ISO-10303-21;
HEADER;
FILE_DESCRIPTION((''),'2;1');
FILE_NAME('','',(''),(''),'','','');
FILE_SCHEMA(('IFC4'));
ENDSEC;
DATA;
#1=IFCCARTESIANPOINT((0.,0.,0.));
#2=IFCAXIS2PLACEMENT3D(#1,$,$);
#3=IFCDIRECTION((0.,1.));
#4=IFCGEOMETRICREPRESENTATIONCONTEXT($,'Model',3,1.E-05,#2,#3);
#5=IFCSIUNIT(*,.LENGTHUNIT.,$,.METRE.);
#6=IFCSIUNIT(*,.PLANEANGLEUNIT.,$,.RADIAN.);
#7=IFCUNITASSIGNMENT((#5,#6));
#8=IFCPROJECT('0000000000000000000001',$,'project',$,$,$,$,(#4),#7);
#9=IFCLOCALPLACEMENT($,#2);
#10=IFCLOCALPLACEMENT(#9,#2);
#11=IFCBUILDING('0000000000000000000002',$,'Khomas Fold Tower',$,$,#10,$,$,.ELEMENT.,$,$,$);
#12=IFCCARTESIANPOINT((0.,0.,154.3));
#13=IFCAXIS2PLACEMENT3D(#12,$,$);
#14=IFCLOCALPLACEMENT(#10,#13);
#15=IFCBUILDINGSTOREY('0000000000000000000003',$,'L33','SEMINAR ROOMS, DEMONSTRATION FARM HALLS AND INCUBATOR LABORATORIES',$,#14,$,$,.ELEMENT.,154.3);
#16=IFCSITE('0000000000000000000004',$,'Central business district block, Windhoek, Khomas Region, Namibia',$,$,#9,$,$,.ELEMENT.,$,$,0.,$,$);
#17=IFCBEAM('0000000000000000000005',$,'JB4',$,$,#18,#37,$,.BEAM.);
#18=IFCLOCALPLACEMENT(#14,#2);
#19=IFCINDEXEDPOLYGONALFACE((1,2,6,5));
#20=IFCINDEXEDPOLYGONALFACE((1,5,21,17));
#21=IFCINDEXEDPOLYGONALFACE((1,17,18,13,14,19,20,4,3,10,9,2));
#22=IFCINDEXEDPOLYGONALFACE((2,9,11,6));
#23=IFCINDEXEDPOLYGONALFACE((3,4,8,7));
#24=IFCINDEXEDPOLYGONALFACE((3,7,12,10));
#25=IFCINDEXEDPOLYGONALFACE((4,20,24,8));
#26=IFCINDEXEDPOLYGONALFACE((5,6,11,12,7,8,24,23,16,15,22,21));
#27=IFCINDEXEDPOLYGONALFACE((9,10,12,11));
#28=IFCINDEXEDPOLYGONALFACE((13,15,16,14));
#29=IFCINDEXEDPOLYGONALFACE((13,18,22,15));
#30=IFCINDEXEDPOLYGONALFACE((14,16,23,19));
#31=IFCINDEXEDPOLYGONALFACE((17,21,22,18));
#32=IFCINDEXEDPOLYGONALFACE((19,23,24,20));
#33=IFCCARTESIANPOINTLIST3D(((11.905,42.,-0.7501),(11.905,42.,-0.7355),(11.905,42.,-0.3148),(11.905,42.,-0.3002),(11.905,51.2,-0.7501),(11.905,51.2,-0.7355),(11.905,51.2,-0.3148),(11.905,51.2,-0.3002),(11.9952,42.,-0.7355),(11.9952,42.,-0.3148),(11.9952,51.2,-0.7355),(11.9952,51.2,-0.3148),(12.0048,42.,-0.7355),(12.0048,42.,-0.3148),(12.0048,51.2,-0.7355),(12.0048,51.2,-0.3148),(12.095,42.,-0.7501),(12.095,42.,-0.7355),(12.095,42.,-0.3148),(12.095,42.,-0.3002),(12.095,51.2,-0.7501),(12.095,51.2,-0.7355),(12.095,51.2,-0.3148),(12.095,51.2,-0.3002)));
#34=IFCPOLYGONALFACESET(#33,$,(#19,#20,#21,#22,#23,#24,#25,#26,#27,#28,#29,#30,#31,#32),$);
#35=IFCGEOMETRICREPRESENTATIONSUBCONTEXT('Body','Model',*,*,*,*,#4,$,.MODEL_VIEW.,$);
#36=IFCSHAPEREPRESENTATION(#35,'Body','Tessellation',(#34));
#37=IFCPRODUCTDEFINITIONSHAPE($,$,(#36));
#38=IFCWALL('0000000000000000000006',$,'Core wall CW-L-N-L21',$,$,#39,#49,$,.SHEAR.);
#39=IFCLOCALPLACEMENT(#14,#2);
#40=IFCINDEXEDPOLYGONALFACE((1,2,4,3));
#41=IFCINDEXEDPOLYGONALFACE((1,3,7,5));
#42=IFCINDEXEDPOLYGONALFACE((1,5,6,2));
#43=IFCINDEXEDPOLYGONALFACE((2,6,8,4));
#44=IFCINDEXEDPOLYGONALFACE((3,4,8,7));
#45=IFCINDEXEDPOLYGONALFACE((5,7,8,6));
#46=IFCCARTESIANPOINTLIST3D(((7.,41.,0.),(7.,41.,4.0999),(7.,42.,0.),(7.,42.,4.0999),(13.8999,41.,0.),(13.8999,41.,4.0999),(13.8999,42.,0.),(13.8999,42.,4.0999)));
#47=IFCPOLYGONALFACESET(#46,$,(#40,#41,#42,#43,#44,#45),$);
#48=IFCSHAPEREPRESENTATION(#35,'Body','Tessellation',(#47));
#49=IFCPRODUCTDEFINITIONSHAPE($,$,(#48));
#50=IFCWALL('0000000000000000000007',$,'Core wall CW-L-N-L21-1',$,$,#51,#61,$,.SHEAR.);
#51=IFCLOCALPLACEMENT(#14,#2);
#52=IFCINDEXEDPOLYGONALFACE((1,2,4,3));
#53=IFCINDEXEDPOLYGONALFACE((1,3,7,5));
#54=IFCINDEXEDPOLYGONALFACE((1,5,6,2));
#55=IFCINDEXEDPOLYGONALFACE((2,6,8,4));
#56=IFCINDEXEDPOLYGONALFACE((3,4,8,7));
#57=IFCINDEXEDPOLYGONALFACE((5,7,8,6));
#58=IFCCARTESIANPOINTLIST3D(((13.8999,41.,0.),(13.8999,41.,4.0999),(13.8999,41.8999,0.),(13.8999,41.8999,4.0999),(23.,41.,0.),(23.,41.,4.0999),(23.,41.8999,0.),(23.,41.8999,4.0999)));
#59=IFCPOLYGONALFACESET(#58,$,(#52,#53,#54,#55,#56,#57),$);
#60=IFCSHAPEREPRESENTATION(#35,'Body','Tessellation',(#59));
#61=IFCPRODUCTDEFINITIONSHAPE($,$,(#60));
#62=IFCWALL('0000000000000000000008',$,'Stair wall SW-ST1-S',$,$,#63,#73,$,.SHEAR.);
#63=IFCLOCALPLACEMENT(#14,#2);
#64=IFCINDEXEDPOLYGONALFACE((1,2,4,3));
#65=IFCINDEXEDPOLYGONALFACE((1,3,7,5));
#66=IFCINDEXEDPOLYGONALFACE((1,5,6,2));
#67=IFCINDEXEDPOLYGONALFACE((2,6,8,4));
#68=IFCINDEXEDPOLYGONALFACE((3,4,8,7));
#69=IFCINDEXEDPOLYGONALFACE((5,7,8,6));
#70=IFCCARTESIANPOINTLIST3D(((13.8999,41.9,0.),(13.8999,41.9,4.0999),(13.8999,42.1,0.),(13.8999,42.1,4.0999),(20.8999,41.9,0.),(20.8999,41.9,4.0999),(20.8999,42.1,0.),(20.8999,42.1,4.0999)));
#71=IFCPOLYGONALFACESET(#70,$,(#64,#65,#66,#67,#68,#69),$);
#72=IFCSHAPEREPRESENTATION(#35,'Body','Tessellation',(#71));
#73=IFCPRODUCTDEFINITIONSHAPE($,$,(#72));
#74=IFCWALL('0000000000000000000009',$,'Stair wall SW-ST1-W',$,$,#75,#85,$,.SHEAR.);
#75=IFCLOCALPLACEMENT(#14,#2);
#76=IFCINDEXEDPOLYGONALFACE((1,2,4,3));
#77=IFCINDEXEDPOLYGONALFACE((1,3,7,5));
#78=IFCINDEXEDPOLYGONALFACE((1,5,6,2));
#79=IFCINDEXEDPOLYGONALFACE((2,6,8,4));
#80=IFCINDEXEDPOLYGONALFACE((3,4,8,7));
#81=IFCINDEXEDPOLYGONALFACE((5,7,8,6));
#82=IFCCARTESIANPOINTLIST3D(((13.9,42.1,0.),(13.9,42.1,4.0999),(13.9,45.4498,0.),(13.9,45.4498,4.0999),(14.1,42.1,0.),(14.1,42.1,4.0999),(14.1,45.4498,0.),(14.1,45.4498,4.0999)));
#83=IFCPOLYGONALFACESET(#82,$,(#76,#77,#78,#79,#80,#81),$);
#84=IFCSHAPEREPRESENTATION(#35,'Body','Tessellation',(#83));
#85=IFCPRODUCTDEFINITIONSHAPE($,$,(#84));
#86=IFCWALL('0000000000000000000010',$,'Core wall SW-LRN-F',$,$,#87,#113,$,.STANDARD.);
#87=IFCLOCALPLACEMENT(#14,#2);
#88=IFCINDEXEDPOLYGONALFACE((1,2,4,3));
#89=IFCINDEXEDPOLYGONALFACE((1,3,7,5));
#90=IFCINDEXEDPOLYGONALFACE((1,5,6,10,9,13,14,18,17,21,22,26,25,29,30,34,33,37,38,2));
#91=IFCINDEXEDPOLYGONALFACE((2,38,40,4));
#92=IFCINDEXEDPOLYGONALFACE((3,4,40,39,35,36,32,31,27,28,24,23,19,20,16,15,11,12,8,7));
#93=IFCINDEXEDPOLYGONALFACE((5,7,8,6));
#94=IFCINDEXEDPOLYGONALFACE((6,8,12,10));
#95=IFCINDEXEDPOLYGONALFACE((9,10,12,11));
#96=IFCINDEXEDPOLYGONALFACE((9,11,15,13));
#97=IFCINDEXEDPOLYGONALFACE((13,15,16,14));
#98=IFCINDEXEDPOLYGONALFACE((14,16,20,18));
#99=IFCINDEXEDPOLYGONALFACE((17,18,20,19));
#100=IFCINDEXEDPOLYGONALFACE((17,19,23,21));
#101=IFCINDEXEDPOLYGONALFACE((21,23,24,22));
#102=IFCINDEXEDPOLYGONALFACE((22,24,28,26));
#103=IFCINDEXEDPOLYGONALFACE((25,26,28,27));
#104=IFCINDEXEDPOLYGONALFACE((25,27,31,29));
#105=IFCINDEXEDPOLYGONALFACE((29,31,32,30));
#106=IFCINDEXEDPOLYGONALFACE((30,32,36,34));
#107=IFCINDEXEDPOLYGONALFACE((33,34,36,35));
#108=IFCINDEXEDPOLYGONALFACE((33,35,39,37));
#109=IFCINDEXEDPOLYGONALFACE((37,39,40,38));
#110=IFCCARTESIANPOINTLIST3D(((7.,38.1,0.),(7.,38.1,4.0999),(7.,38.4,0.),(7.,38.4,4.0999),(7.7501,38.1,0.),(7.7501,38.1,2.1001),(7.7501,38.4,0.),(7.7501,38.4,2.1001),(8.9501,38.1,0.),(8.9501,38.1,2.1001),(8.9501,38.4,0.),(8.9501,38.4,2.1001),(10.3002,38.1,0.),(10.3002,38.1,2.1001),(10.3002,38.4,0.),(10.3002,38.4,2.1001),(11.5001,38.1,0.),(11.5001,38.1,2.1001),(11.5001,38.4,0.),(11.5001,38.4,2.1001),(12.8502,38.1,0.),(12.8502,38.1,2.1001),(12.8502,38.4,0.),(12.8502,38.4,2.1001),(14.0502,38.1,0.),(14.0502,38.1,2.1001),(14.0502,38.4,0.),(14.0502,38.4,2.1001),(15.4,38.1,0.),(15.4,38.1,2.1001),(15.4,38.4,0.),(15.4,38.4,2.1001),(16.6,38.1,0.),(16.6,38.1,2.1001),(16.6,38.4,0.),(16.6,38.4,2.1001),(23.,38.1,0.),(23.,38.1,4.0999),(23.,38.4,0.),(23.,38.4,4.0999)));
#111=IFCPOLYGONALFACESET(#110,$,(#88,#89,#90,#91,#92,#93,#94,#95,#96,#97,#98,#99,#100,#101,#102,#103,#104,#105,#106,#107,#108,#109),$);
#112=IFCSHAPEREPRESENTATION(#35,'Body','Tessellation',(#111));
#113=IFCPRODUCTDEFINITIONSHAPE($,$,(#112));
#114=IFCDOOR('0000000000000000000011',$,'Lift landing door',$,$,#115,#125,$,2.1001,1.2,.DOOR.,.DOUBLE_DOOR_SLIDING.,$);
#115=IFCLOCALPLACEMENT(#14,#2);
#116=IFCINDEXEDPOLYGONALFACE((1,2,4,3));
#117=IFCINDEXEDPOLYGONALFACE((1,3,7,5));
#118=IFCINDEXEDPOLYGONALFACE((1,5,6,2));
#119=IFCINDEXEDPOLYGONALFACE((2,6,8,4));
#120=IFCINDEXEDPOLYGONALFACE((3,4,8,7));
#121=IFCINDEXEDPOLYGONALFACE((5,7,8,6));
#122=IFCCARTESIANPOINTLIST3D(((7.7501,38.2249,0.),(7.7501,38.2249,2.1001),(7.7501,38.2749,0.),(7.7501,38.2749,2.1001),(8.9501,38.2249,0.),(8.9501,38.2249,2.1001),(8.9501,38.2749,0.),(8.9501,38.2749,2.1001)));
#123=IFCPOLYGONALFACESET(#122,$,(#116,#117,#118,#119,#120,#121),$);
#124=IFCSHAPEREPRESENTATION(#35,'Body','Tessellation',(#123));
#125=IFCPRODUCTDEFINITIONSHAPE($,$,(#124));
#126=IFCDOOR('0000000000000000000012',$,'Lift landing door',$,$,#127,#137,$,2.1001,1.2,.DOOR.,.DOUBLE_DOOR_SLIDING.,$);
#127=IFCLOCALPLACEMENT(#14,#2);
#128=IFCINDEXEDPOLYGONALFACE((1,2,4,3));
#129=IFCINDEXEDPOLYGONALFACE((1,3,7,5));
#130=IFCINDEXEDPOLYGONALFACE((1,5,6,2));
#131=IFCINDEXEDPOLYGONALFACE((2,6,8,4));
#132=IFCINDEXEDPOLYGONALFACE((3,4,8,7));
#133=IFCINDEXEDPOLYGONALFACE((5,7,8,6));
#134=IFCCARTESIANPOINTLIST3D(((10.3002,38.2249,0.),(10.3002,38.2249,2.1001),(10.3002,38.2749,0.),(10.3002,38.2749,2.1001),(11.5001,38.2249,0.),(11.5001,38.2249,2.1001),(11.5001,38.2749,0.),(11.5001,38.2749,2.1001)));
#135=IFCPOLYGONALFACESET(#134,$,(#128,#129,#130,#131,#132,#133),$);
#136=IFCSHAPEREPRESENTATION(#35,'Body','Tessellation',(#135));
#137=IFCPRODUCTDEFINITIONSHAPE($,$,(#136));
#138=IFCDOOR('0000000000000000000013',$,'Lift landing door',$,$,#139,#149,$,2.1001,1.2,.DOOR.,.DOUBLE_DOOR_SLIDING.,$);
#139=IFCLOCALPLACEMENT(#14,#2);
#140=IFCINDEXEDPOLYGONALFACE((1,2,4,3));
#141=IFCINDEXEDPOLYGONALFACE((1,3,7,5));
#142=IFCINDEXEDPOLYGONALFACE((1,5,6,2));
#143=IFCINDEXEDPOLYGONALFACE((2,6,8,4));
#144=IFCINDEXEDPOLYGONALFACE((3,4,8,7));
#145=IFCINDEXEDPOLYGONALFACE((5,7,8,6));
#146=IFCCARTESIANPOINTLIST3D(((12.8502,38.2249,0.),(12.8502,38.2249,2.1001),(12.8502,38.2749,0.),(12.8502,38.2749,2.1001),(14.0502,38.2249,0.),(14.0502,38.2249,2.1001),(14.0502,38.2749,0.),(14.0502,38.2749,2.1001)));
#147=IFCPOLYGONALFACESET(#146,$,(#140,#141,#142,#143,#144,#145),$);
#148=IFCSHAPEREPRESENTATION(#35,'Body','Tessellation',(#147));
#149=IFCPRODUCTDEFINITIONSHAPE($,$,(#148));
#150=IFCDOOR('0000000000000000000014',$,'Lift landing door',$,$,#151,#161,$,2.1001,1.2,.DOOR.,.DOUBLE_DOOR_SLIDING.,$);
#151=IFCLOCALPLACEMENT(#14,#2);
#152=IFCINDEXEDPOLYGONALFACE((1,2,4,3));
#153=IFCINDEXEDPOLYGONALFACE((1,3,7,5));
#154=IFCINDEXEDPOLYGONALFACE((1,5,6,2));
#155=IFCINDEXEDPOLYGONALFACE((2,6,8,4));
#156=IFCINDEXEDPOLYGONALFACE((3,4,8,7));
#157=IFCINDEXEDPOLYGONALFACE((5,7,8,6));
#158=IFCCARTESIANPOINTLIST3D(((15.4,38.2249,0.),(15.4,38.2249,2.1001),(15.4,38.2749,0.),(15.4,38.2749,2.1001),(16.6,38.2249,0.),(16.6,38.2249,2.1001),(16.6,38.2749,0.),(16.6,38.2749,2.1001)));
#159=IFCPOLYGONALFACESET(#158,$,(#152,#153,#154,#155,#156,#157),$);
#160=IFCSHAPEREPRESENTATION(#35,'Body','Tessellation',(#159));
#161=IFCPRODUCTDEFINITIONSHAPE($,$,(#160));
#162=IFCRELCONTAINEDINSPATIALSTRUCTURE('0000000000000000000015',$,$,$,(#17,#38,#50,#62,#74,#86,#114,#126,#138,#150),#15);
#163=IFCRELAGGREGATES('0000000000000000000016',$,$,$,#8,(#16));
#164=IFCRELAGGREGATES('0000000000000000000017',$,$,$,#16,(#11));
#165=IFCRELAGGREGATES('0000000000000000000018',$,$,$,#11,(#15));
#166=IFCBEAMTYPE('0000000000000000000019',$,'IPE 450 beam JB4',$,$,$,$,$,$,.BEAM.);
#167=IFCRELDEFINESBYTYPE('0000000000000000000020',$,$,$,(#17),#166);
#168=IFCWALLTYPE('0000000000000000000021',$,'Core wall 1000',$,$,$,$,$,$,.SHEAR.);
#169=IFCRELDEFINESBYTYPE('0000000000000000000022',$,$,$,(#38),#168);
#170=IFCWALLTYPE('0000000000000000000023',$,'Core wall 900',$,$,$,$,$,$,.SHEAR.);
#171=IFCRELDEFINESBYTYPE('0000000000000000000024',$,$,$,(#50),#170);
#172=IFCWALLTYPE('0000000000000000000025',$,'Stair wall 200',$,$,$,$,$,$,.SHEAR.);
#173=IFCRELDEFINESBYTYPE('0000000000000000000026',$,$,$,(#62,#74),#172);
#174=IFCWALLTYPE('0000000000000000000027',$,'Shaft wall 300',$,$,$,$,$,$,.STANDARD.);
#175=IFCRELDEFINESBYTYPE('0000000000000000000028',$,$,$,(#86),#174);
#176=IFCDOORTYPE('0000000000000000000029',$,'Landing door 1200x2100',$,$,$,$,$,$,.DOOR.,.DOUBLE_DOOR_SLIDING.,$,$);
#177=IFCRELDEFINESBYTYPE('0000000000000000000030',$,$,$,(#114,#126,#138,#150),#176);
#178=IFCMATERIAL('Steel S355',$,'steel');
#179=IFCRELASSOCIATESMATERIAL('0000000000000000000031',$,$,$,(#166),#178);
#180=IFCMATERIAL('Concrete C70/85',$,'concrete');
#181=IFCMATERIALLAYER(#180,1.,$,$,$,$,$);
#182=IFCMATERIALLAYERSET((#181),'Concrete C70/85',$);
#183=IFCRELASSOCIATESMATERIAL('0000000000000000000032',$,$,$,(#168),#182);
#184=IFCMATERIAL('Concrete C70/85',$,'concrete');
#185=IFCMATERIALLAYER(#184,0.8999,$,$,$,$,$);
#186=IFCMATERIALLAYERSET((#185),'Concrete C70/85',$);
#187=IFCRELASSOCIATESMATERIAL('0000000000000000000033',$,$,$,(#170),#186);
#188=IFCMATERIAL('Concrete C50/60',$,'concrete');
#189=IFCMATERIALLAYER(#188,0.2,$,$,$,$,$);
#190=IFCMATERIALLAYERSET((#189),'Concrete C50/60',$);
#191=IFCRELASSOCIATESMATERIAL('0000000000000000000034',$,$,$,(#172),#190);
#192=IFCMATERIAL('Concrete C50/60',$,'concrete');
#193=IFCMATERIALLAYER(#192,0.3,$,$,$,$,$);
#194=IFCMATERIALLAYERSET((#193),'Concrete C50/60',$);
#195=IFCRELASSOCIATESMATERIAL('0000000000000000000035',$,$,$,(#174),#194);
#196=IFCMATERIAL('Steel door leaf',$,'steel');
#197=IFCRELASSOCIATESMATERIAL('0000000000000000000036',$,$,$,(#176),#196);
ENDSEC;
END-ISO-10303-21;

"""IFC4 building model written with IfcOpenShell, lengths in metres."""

from ifc_helpers import new_model, si_unit, direction, frame, frame_2d, origin, origin_2d, place, context, subcontext, project, spatial, rectangle, i_section, extrude, source, transform, mapped, material, layer, layer_set, material_profile, profile_set, type_object, element, fill, save


model = new_model("IFC4")

# Units and contexts
model_context = context("Model", 3, precision=1e-05, world=origin(), true_north=direction((0.0, 1.0)))
body_context = subcontext(model_context, "Body", "Model", "MODEL_VIEW")
ifc_project = project(units=[si_unit("LENGTHUNIT", "METRE"), si_unit("PLANEANGLEUNIT", "RADIAN")], contexts=[model_context])

# Site, building, storey
site_placement = place(None, origin())
site = spatial("IfcSite", under=ifc_project, at=site_placement, Name="Central business district block, Windhoek, Khomas Region, Namibia", CompositionType="ELEMENT", RefElevation=0.0)
building_placement = place(site_placement, origin())
building = spatial("IfcBuilding", under=site, at=building_placement, Name="Khomas Fold Tower", CompositionType="ELEMENT")
storey_placement = place(building_placement, frame((0.0, 0.0, 154.3)))
storey = spatial("IfcBuildingStorey", under=building, at=storey_placement, Name="L33", Description="SEMINAR ROOMS, DEMONSTRATION FARM HALLS AND INCUBATOR LABORATORIES", CompositionType="ELEMENT", Elevation=154.3)

# Beam
ifc_material_1 = material(Name="Steel S355", Category="steel")
ifc_material_profile = material_profile(ifc_material_1, i_section(OverallWidth=0.1899, OverallDepth=0.45, WebThickness=0.0095, FlangeThickness=0.0146, at=origin_2d()), Name="IPE 450")
ifc_profile_set = profile_set([ifc_material_profile], Name="Steel S355")
beam_type = type_object("IfcBeamType", Name="IPE 450 beam JB4", PredefinedType="BEAM", material=ifc_profile_set)
shared_shape_1 = source(origin(), body_context, "Body", "SweptSolid", [
    extrude(i_section(OverallWidth=0.1899, OverallDepth=0.45, WebThickness=0.0095, FlangeThickness=0.0146, at=origin_2d()), origin(), (0.0, 0.0, 1.0), 9.2),
])
beam_placement = place(storey_placement, frame((12.0, 42.0, -0.5251), z_axis=(0.0, 1.0, 0.0), x_axis=(-1.0, 0.0, 0.0)))
element("IfcBeam", 1, at=beam_placement, inside=storey, type_object=beam_type, Name="JB4", PredefinedType="BEAM", context=body_context, shape_type="MappedRepresentation", body=[
    mapped(shared_shape_1, transform((0.0, 0.0, 0.0))),
])

# Walls
ifc_material_2 = material(Name="Concrete C70/85", Category="concrete")
ifc_layer_1 = layer(ifc_material_2, 1.0)
ifc_layer_set_1 = layer_set([ifc_layer_1], Name="Concrete C70/85")
wall_type_1 = type_object("IfcWallType", Name="Core wall 1000", PredefinedType="SHEAR", material=ifc_layer_set_1)
shared_shape_2 = source(origin(), body_context, "Body", "SweptSolid", [
    extrude(rectangle(XDim=6.8999, YDim=1.0, at=frame_2d((3.45, 0.0))), origin(), (0.0, 0.0, 1.0), 4.0999),
])
wall_1_placement = place(storey_placement, frame((7.0, 41.5, 0.0), z_axis=(0.0, 0.0, 1.0), x_axis=(1.0, 0.0, 0.0)))
element("IfcWall", 2, at=wall_1_placement, inside=storey, type_object=wall_type_1, Name="Core wall CW-L-N-L21", PredefinedType="SHEAR", context=body_context, shape_type="MappedRepresentation", body=[
    mapped(shared_shape_2, transform((0.0, 0.0, 0.0))),
])
ifc_material_3 = material(Name="Concrete C70/85", Category="concrete")
ifc_layer_2 = layer(ifc_material_3, 0.8999)
ifc_layer_set_2 = layer_set([ifc_layer_2], Name="Concrete C70/85")
wall_type_2 = type_object("IfcWallType", Name="Core wall 900", PredefinedType="SHEAR", material=ifc_layer_set_2)
shared_shape_3 = source(origin(), body_context, "Body", "SweptSolid", [
    extrude(rectangle(XDim=9.1001, YDim=0.8999, at=frame_2d((4.55, 0.0))), origin(), (0.0, 0.0, 1.0), 4.0999),
])
wall_2_placement = place(storey_placement, frame((13.8999, 41.45, 0.0), z_axis=(0.0, 0.0, 1.0), x_axis=(1.0, 0.0, 0.0)))
element("IfcWall", 3, at=wall_2_placement, inside=storey, type_object=wall_type_2, Name="Core wall CW-L-N-L21-1", PredefinedType="SHEAR", context=body_context, shape_type="MappedRepresentation", body=[
    mapped(shared_shape_3, transform((0.0, 0.0, 0.0))),
])
ifc_material_4 = material(Name="Concrete C50/60", Category="concrete")
ifc_layer_3 = layer(ifc_material_4, 0.2)
ifc_layer_set_3 = layer_set([ifc_layer_3], Name="Concrete C50/60")
wall_type_3 = type_object("IfcWallType", Name="Stair wall 200", PredefinedType="SHEAR", material=ifc_layer_set_3)
shared_shape_4 = source(origin(), body_context, "Body", "SweptSolid", [
    extrude(rectangle(XDim=7.0, YDim=0.2, at=frame_2d((3.5, 0.0))), origin(), (0.0, 0.0, 1.0), 4.0999),
])
wall_3_placement = place(storey_placement, frame((13.8999, 42.0, 0.0), z_axis=(0.0, 0.0, 1.0), x_axis=(1.0, 0.0, 0.0)))
element("IfcWall", 4, at=wall_3_placement, inside=storey, type_object=wall_type_3, Name="Stair wall SW-ST1-S", PredefinedType="SHEAR", context=body_context, shape_type="MappedRepresentation", body=[
    mapped(shared_shape_4, transform((0.0, 0.0, 0.0))),
])
shared_shape_5 = source(origin(), body_context, "Body", "SweptSolid", [
    extrude(rectangle(XDim=3.3499, YDim=0.2, at=frame_2d((1.6748, 0.0))), origin(), (0.0, 0.0, 1.0), 4.0999),
])
wall_4_placement = place(storey_placement, frame((14.0, 42.1001, 0.0), z_axis=(0.0, 0.0, 1.0), x_axis=(0.0, 1.0, 0.0)))
element("IfcWall", 5, at=wall_4_placement, inside=storey, type_object=wall_type_3, Name="Stair wall SW-ST1-W", PredefinedType="SHEAR", context=body_context, shape_type="MappedRepresentation", body=[
    mapped(shared_shape_5, transform((0.0, 0.0, 0.0))),
])

# Wall, openings, doors
ifc_material_5 = material(Name="Concrete C50/60", Category="concrete")
ifc_layer_4 = layer(ifc_material_5, 0.3)
ifc_layer_set_4 = layer_set([ifc_layer_4], Name="Concrete C50/60")
wall_type_4 = type_object("IfcWallType", Name="Shaft wall 300", PredefinedType="STANDARD", material=ifc_layer_set_4)
shared_shape_6 = source(origin(), body_context, "Body", "SweptSolid", [
    extrude(rectangle(XDim=16.0, YDim=0.3, at=frame_2d((8.0, 0.0))), origin(), (0.0, 0.0, 1.0), 4.0999),
])
wall_5_placement = place(storey_placement, frame((7.0, 38.25, 0.0), z_axis=(0.0, 0.0, 1.0), x_axis=(1.0, 0.0, 0.0)))
wall_5 = element("IfcWall", 6, at=wall_5_placement, inside=storey, type_object=wall_type_4, Name="Core wall SW-LRN-F", PredefinedType="STANDARD", context=body_context, shape_type="MappedRepresentation", body=[
    mapped(shared_shape_6, transform((0.0, 0.0, 0.0))),
])
shared_shape_7 = source(origin(), body_context, "Body", "SweptSolid", [
    extrude(rectangle(XDim=1.2, YDim=2.1001, at=frame_2d((0.6001, 1.05))), frame((0.0, 0.1599, 0.0), z_axis=(0.0, -1.0, 0.0), x_axis=(1.0, 0.0, 0.0)), (0.0, 0.0, 1.0), 0.3201),
])
opening_1_placement = place(wall_5_placement, frame((0.75, 0.0, 0.0)))
opening_1 = element("IfcOpeningElement", 7, at=opening_1_placement, cuts=wall_5, PredefinedType="OPENING", context=body_context, shape_type="MappedRepresentation", body=[
    mapped(shared_shape_7, transform((0.0, 0.0, 0.0))),
])
opening_2_placement = place(wall_5_placement, frame((3.3, 0.0, 0.0)))
opening_2 = element("IfcOpeningElement", 8, at=opening_2_placement, cuts=wall_5, PredefinedType="OPENING", context=body_context, shape_type="MappedRepresentation", body=[
    mapped(shared_shape_7, transform((0.0, 0.0, 0.0))),
])
opening_3_placement = place(wall_5_placement, frame((5.8501, 0.0, 0.0)))
opening_3 = element("IfcOpeningElement", 9, at=opening_3_placement, cuts=wall_5, PredefinedType="OPENING", context=body_context, shape_type="MappedRepresentation", body=[
    mapped(shared_shape_7, transform((0.0, 0.0, 0.0))),
])
opening_4_placement = place(wall_5_placement, frame((8.3999, 0.0, 0.0)))
opening_4 = element("IfcOpeningElement", 10, at=opening_4_placement, cuts=wall_5, PredefinedType="OPENING", context=body_context, shape_type="MappedRepresentation", body=[
    mapped(shared_shape_7, transform((0.0, 0.0, 0.0))),
])
ifc_material_6 = material(Name="Steel door leaf", Category="steel")
door_type = type_object("IfcDoorType", Name="Landing door 1200x2100", OperationType="DOUBLE_DOOR_SLIDING", PredefinedType="DOOR", material=ifc_material_6)
shared_shape_8 = source(origin(), body_context, "Body", "SweptSolid", [
    extrude(rectangle(XDim=1.2, YDim=2.1001, at=frame_2d((0.6001, 1.05))), frame((0.0, 0.0249, 0.0), z_axis=(0.0, -1.0, 0.0), x_axis=(1.0, 0.0, 0.0)), (0.0, 0.0, 1.0), 0.05),
])
door_1_placement = place(opening_1_placement, origin())
door_1 = element("IfcDoor", 11, at=door_1_placement, inside=storey, type_object=door_type, Name="Lift landing door", OperationType="DOUBLE_DOOR_SLIDING", OverallHeight=2.1001, OverallWidth=1.2, PredefinedType="DOOR", context=body_context, shape_type="MappedRepresentation", body=[
    mapped(shared_shape_8, transform((0.0, 0.0, 0.0))),
])
fill(opening_1, door_1)
door_2_placement = place(opening_2_placement, origin())
door_2 = element("IfcDoor", 12, at=door_2_placement, inside=storey, type_object=door_type, Name="Lift landing door", OperationType="DOUBLE_DOOR_SLIDING", OverallHeight=2.1001, OverallWidth=1.2, PredefinedType="DOOR", context=body_context, shape_type="MappedRepresentation", body=[
    mapped(shared_shape_8, transform((0.0, 0.0, 0.0))),
])
fill(opening_2, door_2)
door_3_placement = place(opening_3_placement, origin())
door_3 = element("IfcDoor", 13, at=door_3_placement, inside=storey, type_object=door_type, Name="Lift landing door", OperationType="DOUBLE_DOOR_SLIDING", OverallHeight=2.1001, OverallWidth=1.2, PredefinedType="DOOR", context=body_context, shape_type="MappedRepresentation", body=[
    mapped(shared_shape_8, transform((0.0, 0.0, 0.0))),
])
fill(opening_3, door_3)
door_4_placement = place(opening_4_placement, origin())
door_4 = element("IfcDoor", 14, at=door_4_placement, inside=storey, type_object=door_type, Name="Lift landing door", OperationType="DOUBLE_DOOR_SLIDING", OverallHeight=2.1001, OverallWidth=1.2, PredefinedType="DOOR", context=body_context, shape_type="MappedRepresentation", body=[
    mapped(shared_shape_8, transform((0.0, 0.0, 0.0))),
])
fill(opening_4, door_4)

save(model, "model.ifc")
